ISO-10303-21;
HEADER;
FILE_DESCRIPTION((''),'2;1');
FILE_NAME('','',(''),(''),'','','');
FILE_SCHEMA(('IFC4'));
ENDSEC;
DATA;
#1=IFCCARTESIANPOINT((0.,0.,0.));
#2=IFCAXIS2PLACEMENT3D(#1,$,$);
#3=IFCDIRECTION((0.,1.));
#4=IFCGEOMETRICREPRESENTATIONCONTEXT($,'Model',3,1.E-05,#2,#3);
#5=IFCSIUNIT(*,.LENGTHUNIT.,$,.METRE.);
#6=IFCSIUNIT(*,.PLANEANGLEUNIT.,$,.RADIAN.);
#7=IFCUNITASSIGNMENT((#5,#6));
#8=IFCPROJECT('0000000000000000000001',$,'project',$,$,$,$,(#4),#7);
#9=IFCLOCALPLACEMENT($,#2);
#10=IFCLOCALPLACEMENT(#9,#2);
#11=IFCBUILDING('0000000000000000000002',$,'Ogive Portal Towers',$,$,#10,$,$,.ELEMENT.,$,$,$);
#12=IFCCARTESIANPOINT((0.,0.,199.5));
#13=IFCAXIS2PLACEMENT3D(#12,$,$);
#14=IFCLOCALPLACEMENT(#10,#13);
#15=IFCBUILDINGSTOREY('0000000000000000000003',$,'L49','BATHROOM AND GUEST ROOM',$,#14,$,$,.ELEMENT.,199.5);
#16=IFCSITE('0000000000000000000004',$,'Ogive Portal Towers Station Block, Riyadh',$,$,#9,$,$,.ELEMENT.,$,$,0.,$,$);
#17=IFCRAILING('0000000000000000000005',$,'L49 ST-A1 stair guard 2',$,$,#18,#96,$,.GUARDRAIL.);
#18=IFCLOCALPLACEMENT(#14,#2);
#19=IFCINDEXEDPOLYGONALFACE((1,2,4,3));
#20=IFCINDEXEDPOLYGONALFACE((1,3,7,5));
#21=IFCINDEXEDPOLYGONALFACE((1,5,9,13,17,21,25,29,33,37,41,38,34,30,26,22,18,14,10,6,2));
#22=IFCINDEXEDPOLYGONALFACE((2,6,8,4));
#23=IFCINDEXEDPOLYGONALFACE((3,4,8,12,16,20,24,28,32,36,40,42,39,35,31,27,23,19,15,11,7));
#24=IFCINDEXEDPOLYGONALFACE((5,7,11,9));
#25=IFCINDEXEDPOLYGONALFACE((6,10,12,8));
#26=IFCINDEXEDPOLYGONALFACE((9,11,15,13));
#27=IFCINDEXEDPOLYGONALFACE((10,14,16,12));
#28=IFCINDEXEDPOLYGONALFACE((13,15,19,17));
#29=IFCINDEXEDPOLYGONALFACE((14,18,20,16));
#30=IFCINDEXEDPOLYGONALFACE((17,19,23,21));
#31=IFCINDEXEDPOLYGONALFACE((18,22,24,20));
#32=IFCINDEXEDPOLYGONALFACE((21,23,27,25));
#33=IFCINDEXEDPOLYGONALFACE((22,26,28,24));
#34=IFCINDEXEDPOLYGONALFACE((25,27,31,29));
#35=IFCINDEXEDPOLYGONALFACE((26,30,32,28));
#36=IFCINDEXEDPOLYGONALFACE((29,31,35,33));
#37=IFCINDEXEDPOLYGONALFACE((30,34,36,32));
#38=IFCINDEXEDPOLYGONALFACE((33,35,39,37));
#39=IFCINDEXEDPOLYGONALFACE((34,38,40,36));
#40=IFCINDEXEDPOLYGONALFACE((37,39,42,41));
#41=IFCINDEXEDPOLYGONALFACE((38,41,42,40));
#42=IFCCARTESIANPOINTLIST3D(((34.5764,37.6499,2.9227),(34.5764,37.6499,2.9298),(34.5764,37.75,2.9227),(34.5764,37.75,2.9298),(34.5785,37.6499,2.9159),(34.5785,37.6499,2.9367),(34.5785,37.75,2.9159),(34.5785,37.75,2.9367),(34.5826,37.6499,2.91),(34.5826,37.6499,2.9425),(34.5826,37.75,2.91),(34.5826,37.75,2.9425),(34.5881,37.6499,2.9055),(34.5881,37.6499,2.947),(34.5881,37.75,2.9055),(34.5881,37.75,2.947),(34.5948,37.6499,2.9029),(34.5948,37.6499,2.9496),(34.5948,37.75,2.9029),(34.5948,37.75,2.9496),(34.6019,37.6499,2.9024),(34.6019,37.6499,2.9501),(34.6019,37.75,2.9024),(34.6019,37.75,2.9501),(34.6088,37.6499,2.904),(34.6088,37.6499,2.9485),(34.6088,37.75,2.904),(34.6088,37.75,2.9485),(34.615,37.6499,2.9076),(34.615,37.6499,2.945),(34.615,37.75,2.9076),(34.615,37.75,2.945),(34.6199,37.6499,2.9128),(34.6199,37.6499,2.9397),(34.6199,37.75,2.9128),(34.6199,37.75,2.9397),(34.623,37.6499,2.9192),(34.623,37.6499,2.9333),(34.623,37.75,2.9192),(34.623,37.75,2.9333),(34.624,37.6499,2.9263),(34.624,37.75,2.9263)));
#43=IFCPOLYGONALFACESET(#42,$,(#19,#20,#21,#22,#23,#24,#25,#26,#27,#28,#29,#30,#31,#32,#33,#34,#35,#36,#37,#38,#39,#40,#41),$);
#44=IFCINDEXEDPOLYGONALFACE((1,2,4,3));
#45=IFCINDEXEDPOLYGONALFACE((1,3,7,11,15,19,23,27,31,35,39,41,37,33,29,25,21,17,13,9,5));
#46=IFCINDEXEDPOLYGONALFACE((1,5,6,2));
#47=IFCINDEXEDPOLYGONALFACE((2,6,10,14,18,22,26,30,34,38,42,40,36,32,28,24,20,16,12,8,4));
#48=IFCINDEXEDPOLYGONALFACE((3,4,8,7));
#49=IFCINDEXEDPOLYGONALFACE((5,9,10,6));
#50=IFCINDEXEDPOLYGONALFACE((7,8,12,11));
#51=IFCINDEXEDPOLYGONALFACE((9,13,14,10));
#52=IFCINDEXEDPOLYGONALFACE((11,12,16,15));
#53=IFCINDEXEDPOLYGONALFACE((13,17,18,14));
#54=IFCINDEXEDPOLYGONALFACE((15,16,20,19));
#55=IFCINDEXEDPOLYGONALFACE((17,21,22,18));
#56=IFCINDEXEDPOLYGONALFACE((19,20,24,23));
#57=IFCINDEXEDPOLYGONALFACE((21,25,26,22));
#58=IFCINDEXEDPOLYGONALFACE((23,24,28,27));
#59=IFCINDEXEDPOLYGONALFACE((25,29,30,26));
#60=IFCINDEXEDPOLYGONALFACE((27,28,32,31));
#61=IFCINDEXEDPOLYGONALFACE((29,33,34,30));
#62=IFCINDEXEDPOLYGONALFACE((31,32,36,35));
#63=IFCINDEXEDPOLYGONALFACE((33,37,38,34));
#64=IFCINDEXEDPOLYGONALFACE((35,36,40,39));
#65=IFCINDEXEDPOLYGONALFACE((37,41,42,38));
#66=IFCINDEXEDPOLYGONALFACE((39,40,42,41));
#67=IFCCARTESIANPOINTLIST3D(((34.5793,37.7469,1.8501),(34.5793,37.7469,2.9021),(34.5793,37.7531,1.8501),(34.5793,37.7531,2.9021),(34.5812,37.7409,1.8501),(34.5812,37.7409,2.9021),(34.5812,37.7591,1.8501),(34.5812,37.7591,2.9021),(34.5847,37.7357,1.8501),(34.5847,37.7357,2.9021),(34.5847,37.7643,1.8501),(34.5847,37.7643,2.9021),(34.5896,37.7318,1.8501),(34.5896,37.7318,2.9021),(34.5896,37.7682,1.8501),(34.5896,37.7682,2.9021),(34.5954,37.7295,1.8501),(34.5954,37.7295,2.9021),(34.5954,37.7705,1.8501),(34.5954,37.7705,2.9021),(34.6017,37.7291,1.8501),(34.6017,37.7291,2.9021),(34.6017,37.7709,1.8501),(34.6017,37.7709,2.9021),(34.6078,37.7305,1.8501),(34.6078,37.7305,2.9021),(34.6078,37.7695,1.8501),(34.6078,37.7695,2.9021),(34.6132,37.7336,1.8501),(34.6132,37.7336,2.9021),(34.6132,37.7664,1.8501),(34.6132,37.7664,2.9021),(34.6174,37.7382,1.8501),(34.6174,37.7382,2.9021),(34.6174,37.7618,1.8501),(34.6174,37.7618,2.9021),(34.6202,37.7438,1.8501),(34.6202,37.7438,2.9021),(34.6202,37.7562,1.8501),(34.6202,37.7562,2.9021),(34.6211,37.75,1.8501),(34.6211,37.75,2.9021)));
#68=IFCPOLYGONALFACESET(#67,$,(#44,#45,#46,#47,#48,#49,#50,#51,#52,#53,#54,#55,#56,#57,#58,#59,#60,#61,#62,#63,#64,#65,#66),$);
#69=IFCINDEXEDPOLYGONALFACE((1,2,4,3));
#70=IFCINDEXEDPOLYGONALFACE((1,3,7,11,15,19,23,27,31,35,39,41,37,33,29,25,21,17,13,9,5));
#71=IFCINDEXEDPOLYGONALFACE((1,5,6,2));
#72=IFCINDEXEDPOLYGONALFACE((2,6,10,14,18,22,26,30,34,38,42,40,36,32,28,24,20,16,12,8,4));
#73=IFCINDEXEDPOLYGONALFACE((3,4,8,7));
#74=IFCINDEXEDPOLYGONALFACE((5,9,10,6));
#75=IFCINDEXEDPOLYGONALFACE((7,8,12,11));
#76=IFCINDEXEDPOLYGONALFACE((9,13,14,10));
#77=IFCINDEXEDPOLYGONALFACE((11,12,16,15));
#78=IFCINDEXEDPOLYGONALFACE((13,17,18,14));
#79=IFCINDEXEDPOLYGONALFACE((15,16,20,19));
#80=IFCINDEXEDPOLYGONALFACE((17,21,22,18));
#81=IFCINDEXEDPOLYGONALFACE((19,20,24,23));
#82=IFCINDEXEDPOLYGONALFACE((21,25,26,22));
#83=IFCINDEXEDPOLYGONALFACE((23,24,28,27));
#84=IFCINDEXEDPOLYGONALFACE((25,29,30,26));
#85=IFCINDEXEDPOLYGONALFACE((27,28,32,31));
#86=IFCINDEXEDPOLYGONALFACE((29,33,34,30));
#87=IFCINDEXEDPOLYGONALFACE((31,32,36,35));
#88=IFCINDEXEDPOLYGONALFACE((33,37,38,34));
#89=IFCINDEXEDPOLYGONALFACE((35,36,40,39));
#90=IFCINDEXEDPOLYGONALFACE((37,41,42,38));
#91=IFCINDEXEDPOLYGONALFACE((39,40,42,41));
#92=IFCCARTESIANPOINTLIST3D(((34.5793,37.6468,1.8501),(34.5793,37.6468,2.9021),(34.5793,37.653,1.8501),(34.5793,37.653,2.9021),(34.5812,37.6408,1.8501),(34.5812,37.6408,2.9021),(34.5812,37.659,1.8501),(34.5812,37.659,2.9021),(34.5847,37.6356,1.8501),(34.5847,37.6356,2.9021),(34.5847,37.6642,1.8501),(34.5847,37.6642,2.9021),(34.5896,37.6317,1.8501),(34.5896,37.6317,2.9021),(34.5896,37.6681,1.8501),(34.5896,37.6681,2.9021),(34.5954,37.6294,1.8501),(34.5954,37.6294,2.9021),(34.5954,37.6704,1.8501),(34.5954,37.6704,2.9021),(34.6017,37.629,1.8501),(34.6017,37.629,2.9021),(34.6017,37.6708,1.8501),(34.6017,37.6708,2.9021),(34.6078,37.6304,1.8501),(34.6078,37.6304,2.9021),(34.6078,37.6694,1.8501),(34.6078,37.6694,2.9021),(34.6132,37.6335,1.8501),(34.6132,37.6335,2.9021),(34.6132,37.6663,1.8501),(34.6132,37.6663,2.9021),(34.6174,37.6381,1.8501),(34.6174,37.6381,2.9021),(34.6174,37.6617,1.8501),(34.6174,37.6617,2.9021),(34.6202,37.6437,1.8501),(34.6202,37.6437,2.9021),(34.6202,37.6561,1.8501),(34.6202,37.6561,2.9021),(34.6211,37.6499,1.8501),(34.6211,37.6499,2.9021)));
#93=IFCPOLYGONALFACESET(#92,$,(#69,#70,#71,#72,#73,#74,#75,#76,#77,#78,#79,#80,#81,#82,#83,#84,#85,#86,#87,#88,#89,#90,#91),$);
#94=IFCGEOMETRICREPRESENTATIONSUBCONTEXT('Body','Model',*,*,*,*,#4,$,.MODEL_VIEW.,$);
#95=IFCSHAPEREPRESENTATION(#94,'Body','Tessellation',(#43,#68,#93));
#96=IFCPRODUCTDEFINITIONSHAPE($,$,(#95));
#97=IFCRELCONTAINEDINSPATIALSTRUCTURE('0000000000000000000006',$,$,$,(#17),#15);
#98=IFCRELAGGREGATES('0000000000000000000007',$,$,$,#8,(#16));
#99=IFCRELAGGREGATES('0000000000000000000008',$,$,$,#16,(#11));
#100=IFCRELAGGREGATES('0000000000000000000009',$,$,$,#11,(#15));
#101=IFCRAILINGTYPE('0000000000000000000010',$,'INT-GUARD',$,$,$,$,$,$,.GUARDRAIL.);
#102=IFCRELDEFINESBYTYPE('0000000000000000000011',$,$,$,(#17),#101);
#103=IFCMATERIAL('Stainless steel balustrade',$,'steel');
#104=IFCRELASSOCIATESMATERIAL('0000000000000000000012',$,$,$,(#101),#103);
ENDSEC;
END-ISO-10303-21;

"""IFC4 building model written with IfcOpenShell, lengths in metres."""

from ifc_helpers import new_model, si_unit, direction, frame, origin, origin_2d, place, context, subcontext, project, spatial, circle, extrude, material, type_object, element, save


model = new_model("IFC4")

# Units and contexts
model_context = context("Model", 3, precision=1e-05, world=origin(), true_north=direction((0.0, 1.0)))
body_context = subcontext(model_context, "Body", "Model", "MODEL_VIEW")
ifc_project = project(units=[si_unit("LENGTHUNIT", "METRE"), si_unit("PLANEANGLEUNIT", "RADIAN")], contexts=[model_context])

# Site, building, storey
site_placement = place(None, origin())
site = spatial("IfcSite", under=ifc_project, at=site_placement, Name="Ogive Portal Towers Station Block, Riyadh", CompositionType="ELEMENT", RefElevation=0.0)
building_placement = place(site_placement, origin())
building = spatial("IfcBuilding", under=site, at=building_placement, Name="Ogive Portal Towers", CompositionType="ELEMENT")
storey_placement = place(building_placement, frame((0.0, 0.0, 199.5)))
storey = spatial("IfcBuildingStorey", under=building, at=storey_placement, Name="L49", Description="BATHROOM AND GUEST ROOM", CompositionType="ELEMENT", Elevation=199.5)

# Railing
ifc_material_1 = material(Name="Stainless steel balustrade", Category="steel")
railing_type_1 = type_object("IfcRailingType", Name="INT-GUARD", PredefinedType="GUARDRAIL", material=ifc_material_1)
railing_1_placement = place(storey_placement, frame((34.6001, 37.75, 1.8501)))
element("IfcRailing", 1, at=railing_1_placement, inside=storey, type_object=railing_type_1, Name="L49 ST-A1 stair guard 2", PredefinedType="GUARDRAIL", context=body_context, shape_type="SweptSolid", body=[
    extrude(circle(Radius=0.0239, at=origin_2d()), frame((0.0, 0.0, 1.0762), z_axis=(0.0, -1.0, 0.0), x_axis=(1.0, 0.0, 0.0)), (0.0, 0.0, 1.0), 0.1001),
    extrude(circle(Radius=0.021, at=origin_2d()), origin(), (0.0, 0.0, 1.0), 1.052),
    extrude(circle(Radius=0.021, at=origin_2d()), frame((0.0, -0.1001, 0.0)), (0.0, 0.0, 1.0), 1.052),
])

save(model, "model.ifc")
